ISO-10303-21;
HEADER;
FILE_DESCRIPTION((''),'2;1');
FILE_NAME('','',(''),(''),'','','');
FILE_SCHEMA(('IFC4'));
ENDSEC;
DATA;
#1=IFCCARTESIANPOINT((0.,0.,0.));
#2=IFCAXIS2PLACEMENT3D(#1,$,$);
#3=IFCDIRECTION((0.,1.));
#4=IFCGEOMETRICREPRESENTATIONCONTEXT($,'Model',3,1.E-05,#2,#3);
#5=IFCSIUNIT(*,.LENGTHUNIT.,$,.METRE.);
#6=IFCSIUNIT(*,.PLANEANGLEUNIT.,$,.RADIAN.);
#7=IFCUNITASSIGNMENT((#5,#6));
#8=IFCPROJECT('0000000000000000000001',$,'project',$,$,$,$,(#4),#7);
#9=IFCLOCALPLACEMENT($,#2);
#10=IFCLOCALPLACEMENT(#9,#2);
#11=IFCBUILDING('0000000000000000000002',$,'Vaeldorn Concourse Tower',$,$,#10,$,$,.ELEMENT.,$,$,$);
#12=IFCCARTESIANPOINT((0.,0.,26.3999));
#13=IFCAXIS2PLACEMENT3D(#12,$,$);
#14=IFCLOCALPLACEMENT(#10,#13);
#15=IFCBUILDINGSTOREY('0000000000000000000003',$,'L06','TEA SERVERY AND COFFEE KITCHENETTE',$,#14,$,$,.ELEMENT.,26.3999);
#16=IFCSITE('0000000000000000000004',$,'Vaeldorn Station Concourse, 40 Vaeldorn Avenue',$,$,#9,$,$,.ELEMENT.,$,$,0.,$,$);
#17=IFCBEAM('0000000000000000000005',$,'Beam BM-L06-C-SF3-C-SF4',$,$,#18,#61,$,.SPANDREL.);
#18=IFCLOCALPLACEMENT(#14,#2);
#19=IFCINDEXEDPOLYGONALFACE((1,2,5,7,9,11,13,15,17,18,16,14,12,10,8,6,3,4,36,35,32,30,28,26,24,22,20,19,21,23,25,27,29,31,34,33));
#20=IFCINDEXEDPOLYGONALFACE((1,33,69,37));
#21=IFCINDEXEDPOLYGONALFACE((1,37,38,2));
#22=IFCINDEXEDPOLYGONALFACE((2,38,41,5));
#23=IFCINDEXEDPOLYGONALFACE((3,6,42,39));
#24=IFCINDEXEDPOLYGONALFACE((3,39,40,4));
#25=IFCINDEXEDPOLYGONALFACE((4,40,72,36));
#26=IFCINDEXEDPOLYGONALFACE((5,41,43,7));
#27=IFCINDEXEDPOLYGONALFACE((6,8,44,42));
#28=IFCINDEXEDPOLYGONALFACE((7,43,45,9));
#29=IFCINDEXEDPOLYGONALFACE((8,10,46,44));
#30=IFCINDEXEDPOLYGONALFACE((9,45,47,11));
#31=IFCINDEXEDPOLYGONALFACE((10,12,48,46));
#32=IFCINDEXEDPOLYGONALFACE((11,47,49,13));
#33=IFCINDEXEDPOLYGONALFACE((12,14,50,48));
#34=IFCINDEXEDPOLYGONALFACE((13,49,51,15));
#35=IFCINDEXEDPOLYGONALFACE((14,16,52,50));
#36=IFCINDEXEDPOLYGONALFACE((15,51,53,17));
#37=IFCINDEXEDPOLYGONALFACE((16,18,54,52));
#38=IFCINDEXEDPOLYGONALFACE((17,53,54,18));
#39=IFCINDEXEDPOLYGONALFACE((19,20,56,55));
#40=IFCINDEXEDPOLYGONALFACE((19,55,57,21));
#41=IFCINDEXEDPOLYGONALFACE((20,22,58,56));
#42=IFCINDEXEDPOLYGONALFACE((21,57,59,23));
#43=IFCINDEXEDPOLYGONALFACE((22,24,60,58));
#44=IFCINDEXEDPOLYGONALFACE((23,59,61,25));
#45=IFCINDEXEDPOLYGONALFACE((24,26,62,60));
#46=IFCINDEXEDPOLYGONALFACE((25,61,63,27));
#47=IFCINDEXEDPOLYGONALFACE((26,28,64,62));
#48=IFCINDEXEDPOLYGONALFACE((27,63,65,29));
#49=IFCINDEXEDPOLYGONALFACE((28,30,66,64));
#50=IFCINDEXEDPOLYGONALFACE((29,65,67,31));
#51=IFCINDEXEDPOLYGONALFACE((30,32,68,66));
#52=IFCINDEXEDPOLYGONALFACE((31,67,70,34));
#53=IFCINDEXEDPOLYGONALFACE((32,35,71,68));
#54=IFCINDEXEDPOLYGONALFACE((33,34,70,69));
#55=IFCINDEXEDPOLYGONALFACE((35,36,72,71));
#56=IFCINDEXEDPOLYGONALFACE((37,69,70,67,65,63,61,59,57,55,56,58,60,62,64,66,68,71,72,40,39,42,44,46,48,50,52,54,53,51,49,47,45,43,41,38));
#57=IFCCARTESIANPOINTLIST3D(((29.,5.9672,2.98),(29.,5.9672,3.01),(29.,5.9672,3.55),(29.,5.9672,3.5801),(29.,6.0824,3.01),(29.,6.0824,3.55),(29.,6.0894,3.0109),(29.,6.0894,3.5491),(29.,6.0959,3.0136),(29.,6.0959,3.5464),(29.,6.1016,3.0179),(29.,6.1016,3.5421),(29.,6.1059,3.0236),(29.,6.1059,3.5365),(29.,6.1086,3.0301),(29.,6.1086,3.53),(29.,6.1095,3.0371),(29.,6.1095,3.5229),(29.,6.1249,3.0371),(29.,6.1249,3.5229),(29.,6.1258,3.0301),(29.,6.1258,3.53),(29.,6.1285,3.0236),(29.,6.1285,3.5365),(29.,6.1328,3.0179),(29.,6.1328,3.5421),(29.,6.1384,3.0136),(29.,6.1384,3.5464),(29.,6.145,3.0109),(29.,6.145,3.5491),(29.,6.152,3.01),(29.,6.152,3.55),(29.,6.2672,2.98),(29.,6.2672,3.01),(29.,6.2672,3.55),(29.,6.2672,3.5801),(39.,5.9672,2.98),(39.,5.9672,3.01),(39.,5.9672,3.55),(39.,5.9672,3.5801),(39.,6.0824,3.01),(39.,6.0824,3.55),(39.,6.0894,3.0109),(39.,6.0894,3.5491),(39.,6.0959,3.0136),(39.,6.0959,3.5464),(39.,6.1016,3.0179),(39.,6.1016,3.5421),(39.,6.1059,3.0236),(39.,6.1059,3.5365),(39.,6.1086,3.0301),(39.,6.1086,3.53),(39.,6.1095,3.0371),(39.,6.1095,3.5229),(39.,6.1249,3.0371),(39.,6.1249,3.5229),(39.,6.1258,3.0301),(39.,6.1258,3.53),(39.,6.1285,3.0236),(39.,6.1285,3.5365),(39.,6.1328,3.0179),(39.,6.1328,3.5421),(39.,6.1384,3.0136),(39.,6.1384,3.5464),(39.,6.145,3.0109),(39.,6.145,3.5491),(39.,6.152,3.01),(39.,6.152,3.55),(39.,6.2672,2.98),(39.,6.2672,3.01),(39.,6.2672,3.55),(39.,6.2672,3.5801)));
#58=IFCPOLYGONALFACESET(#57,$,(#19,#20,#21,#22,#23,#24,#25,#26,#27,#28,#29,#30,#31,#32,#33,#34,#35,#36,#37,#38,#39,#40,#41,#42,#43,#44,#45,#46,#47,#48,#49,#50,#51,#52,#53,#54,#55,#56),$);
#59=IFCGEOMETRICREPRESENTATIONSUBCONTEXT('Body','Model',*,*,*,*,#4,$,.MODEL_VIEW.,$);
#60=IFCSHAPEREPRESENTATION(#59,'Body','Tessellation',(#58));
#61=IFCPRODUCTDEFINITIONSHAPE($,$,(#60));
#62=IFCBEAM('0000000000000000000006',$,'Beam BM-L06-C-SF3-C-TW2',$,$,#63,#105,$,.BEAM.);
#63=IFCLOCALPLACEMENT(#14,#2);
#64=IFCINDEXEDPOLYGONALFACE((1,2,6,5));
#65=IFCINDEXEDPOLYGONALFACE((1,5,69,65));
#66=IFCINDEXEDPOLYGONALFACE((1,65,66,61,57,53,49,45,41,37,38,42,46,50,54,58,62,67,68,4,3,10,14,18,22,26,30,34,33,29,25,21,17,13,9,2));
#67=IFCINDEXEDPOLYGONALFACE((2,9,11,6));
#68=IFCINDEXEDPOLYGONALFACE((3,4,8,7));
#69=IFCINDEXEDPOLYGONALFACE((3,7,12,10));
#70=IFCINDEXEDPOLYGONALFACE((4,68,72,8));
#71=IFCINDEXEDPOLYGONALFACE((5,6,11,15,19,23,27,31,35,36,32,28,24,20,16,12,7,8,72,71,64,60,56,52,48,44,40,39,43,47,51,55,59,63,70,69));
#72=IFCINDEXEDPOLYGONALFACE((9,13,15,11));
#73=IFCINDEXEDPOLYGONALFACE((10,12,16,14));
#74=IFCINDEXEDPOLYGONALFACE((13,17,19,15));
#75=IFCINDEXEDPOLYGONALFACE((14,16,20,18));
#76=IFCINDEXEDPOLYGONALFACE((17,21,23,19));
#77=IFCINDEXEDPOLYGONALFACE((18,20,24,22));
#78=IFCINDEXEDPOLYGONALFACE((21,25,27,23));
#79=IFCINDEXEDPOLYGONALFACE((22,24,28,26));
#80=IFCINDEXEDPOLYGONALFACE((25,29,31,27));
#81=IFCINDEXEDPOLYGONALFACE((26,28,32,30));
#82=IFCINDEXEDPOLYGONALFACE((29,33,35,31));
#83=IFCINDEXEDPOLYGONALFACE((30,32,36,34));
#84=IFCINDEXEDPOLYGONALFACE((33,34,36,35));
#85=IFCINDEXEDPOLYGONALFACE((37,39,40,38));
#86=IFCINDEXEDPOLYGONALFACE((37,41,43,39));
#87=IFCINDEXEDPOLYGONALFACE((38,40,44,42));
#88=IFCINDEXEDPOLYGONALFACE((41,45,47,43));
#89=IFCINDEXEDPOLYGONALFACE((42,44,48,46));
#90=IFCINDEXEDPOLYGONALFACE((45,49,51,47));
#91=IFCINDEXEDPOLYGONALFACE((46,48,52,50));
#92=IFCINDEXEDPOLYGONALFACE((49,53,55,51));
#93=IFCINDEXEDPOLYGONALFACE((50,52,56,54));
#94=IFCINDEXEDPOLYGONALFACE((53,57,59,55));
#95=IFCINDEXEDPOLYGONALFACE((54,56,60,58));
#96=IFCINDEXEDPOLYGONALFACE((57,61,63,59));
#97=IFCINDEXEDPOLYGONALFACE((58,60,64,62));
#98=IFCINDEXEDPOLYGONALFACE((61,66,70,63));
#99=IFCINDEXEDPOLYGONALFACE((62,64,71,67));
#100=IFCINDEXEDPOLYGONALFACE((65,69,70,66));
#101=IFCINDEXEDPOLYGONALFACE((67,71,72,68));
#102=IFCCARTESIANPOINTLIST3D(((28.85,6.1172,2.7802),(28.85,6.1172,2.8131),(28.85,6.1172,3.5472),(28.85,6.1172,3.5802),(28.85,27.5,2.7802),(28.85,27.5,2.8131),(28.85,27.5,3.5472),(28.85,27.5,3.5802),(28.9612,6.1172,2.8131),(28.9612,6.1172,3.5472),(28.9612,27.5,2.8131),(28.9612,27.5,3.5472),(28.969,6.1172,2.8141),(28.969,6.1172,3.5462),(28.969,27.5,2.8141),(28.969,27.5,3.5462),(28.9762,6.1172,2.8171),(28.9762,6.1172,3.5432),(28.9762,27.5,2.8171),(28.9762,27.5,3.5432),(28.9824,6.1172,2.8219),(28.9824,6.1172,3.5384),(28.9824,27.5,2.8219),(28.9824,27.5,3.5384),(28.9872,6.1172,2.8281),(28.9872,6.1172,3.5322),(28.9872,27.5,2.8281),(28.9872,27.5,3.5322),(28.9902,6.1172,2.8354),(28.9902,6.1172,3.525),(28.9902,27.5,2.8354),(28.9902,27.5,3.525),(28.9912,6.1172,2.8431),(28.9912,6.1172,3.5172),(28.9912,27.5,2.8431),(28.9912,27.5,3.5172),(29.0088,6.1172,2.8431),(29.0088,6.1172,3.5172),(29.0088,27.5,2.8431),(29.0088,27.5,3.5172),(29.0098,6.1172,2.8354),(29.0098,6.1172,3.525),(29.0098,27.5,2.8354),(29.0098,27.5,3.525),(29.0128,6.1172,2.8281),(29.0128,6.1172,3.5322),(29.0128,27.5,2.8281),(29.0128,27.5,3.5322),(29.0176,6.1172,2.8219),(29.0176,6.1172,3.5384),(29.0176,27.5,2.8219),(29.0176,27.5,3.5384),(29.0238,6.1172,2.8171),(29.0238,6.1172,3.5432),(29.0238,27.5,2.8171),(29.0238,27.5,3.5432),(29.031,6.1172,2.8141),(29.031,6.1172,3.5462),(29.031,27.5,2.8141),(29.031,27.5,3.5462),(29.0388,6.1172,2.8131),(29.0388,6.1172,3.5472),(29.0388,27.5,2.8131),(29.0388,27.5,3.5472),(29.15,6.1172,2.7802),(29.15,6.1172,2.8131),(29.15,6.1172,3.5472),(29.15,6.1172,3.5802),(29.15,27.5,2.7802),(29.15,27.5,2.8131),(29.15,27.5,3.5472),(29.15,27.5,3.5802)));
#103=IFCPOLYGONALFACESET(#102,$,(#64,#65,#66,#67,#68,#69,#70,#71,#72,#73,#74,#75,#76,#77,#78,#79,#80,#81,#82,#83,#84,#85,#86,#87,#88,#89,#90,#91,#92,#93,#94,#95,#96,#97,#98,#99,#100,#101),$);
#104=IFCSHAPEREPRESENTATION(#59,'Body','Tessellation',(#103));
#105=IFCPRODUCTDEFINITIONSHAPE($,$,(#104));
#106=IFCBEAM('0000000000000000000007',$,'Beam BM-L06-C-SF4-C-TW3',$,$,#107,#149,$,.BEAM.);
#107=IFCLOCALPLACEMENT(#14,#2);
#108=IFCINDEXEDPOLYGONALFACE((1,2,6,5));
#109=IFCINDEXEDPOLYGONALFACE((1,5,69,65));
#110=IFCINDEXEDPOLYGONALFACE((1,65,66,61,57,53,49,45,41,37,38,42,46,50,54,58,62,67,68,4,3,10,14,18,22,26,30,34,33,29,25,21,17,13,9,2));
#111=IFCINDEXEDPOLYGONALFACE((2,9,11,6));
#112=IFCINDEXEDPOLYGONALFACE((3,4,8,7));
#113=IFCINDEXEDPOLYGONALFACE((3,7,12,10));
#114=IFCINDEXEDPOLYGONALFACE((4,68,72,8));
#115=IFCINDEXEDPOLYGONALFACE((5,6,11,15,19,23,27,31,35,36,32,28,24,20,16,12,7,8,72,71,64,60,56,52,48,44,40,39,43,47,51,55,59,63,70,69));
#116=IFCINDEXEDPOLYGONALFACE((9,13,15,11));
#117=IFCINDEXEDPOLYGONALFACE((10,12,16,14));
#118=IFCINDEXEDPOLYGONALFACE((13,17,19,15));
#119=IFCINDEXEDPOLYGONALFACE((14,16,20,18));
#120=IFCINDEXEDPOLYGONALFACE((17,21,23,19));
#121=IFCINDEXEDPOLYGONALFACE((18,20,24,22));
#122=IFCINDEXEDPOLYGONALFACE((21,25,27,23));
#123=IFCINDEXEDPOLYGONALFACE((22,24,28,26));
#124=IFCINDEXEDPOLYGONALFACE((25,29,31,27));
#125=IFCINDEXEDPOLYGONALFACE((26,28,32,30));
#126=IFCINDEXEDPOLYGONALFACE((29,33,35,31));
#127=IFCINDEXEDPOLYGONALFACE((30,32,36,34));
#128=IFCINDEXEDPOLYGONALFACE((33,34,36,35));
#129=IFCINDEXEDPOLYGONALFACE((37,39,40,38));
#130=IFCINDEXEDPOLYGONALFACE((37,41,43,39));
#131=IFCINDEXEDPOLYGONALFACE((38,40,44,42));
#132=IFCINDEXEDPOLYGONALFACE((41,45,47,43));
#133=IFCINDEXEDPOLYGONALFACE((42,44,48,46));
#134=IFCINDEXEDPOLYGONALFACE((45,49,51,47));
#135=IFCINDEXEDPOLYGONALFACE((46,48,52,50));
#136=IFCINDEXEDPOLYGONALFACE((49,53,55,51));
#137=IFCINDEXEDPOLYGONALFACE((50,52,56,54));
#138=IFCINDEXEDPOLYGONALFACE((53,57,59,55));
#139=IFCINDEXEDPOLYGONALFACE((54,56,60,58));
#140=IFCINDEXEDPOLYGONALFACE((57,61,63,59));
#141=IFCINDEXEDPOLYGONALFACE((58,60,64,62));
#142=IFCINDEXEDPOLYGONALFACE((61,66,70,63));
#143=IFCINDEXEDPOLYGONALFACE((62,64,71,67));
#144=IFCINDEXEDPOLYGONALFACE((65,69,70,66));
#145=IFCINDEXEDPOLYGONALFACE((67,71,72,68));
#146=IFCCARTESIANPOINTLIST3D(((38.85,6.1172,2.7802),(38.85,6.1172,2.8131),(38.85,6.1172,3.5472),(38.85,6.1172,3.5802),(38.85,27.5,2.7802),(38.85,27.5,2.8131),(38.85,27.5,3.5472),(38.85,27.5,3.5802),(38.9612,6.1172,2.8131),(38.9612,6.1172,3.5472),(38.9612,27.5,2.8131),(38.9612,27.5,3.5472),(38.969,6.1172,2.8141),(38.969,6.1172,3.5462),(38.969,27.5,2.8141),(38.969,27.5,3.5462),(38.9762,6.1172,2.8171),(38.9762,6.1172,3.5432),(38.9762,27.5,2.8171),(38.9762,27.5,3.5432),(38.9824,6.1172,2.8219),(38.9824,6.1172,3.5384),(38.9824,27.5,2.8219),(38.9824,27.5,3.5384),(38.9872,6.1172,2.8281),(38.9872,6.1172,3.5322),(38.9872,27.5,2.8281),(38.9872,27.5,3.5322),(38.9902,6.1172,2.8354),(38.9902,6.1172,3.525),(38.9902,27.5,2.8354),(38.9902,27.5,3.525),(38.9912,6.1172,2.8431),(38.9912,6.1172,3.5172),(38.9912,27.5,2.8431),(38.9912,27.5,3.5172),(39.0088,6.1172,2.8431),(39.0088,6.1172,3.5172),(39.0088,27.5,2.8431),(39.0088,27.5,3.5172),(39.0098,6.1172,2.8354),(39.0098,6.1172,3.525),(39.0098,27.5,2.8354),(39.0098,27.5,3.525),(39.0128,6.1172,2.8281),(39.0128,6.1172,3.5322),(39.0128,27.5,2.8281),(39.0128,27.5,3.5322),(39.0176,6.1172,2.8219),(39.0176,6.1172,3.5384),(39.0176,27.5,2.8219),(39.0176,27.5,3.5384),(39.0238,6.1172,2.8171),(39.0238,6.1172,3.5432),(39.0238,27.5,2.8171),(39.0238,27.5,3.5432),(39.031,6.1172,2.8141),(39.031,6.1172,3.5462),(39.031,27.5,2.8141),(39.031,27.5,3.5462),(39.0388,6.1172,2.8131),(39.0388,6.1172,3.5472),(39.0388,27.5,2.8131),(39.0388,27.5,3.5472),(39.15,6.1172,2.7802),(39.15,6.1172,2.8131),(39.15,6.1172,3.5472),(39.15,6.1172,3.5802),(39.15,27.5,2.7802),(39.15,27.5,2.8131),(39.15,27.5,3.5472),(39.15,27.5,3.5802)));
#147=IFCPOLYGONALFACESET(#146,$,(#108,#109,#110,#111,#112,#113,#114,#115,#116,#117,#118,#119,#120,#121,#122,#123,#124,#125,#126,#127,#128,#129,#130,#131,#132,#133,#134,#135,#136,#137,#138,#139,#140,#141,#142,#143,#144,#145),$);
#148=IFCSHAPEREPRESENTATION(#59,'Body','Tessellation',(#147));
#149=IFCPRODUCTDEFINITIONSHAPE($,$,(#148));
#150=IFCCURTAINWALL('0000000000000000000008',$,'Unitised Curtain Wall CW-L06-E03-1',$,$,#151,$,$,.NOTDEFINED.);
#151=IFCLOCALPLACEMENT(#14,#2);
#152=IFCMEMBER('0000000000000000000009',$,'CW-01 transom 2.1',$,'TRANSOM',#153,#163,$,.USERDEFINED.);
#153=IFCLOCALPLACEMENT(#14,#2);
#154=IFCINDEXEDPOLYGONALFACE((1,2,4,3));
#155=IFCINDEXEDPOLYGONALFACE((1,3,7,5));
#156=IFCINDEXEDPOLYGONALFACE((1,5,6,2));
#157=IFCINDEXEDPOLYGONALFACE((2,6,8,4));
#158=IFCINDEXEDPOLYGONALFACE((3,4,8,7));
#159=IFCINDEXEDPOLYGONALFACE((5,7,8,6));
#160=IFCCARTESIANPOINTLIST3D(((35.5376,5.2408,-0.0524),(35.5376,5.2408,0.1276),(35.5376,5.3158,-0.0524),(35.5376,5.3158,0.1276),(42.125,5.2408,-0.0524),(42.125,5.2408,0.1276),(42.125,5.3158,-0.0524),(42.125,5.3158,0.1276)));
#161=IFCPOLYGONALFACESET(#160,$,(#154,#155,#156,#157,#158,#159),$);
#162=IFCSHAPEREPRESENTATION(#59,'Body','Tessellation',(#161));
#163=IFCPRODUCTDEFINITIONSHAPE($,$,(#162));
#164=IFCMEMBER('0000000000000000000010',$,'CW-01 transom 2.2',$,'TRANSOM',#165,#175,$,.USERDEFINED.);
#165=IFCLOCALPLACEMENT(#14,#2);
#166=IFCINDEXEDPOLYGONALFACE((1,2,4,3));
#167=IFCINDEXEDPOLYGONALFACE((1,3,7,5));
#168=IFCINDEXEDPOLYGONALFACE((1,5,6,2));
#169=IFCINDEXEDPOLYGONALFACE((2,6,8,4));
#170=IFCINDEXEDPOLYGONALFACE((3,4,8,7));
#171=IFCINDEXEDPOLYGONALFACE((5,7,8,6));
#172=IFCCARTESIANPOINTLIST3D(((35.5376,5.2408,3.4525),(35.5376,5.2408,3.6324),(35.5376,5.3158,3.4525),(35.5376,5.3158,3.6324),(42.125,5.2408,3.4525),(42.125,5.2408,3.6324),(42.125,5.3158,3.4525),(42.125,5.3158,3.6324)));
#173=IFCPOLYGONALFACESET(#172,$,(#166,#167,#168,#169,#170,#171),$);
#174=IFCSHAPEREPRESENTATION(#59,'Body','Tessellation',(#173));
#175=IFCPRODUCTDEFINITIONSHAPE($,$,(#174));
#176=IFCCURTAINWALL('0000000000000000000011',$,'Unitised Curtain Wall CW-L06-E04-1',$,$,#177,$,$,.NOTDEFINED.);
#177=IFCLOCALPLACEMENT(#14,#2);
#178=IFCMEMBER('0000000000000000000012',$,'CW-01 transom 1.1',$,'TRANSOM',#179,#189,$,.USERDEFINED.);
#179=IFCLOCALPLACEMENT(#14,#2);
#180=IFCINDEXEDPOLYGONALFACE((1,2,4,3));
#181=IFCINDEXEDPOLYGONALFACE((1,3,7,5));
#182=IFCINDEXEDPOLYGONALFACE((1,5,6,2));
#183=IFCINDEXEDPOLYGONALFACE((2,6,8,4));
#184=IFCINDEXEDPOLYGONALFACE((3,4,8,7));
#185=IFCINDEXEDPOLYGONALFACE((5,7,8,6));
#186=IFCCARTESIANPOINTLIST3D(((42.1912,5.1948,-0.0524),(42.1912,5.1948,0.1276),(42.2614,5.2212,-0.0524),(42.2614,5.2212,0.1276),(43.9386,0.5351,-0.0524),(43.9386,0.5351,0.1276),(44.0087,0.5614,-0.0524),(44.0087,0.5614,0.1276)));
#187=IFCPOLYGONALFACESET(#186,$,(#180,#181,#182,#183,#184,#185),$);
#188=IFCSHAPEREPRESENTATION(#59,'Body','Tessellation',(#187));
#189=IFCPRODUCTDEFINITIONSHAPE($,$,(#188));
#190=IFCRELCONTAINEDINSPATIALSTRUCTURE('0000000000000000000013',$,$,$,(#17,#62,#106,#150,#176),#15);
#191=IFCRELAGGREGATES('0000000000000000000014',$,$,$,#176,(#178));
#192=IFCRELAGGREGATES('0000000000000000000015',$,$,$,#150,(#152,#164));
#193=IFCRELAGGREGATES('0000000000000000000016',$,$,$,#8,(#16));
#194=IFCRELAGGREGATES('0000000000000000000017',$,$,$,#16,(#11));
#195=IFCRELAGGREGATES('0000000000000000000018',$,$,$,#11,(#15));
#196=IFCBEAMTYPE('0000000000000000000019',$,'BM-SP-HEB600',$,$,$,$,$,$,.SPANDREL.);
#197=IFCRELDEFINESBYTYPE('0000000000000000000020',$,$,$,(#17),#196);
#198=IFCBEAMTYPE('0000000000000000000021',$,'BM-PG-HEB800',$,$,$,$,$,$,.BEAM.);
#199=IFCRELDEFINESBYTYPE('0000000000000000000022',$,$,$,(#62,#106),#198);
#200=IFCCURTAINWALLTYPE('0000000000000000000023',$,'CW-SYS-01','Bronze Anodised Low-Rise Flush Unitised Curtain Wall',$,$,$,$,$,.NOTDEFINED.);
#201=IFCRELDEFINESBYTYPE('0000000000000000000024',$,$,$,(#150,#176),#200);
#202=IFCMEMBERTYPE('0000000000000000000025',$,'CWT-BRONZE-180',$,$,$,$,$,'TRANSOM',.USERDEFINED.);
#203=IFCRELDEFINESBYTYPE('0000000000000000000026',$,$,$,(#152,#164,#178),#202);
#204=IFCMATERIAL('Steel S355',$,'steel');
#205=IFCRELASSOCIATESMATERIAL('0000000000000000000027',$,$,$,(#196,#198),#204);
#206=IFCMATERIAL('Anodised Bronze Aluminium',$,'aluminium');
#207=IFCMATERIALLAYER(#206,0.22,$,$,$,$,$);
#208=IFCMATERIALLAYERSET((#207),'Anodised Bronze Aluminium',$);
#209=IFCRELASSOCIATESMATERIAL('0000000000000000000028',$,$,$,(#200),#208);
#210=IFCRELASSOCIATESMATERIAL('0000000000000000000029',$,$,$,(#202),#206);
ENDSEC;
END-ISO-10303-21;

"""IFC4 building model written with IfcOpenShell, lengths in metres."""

from ifc_helpers import new_model, si_unit, direction, frame, origin, origin_2d, place, context, subcontext, project, spatial, rectangle, i_section, extrude, source, transform, mapped, material, layer, layer_set, material_profile, profile_set, type_object, element, aggregate, save


model = new_model("IFC4")

# Units and contexts
model_context = context("Model", 3, precision=1e-05, world=origin(), true_north=direction((0.0, 1.0)))
body_context = subcontext(model_context, "Body", "Model", "MODEL_VIEW")
ifc_project = project(units=[si_unit("LENGTHUNIT", "METRE"), si_unit("PLANEANGLEUNIT", "RADIAN")], contexts=[model_context])

# Site, building, storey
site_placement = place(None, origin())
site = spatial("IfcSite", under=ifc_project, at=site_placement, Name="Vaeldorn Station Concourse, 40 Vaeldorn Avenue", CompositionType="ELEMENT", RefElevation=0.0)
building_placement = place(site_placement, origin())
building = spatial("IfcBuilding", under=site, at=building_placement, Name="Vaeldorn Concourse Tower", CompositionType="ELEMENT")
storey_placement = place(building_placement, frame((0.0, 0.0, 26.3999)))
storey = spatial("IfcBuildingStorey", under=building, at=storey_placement, Name="L06", Description="TEA SERVERY AND COFFEE KITCHENETTE", CompositionType="ELEMENT", Elevation=26.3999)

# Beams
ifc_material_1 = material(Name="Steel S355", Category="steel")
ifc_material_profile_1 = material_profile(ifc_material_1, i_section(OverallWidth=0.3, OverallDepth=0.6001, WebThickness=0.0154, FlangeThickness=0.03, FilletRadius=0.0271, at=origin_2d()), Name="HEB 600")
ifc_profile_set_1 = profile_set([ifc_material_profile_1], Name="Steel S355")
beam_type_1 = type_object("IfcBeamType", Name="BM-SP-HEB600", PredefinedType="SPANDREL", material=ifc_profile_set_1)
shared_shape_1 = source(origin(), body_context, "Body", "SweptSolid", [
    extrude(i_section(OverallWidth=0.3, OverallDepth=0.6001, WebThickness=0.0154, FlangeThickness=0.03, FilletRadius=0.0271, at=origin_2d()), origin(), (0.0, 0.0, 1.0), 10.0),
])
beam_1_placement = place(storey_placement, frame((29.0, 6.1172, 3.28), z_axis=(1.0, 0.0, 0.0), x_axis=(0.0, 1.0, 0.0)))
element("IfcBeam", 1, at=beam_1_placement, inside=storey, type_object=beam_type_1, Name="Beam BM-L06-C-SF3-C-SF4", PredefinedType="SPANDREL", context=body_context, shape_type="MappedRepresentation", body=[
    mapped(shared_shape_1, transform((0.0, 0.0, 0.0), scale=1.0)),
])
ifc_material_profile_2 = material_profile(ifc_material_1, i_section(OverallWidth=0.3, OverallDepth=0.8, WebThickness=0.0176, FlangeThickness=0.033, FilletRadius=0.03, at=origin_2d()), Name="HEB 800")
ifc_profile_set_2 = profile_set([ifc_material_profile_2], Name="Steel S355")
beam_type_2 = type_object("IfcBeamType", Name="BM-PG-HEB800", PredefinedType="BEAM", material=ifc_profile_set_2)
shared_shape_2 = source(origin(), body_context, "Body", "SweptSolid", [
    extrude(i_section(OverallWidth=0.3, OverallDepth=0.8, WebThickness=0.0176, FlangeThickness=0.033, FilletRadius=0.03, at=origin_2d()), origin(), (0.0, 0.0, 1.0), 21.3828),
])
for number, where, z_axis, x_axis, name in (
    (2, (29.0, 6.1172, 3.1802), (0.0, 1.0, 0.0), (-1.0, 0.0, 0.0), "Beam BM-L06-C-SF3-C-TW2"),
    (3, (39.0, 6.1172, 3.1802), (0.0, 1.0, 0.0), (-1.0, 0.0, 0.0), "Beam BM-L06-C-SF4-C-TW3"),
):
    element("IfcBeam", number, at=place(storey_placement, frame(where, z_axis=z_axis, x_axis=x_axis)), inside=storey, type_object=beam_type_2, Name=name, PredefinedType="BEAM", context=body_context, shape_type="MappedRepresentation", body=[
        mapped(shared_shape_2, transform((0.0, 0.0, 0.0), scale=1.0)),
    ])

# Curtain walls, members
ifc_material_2 = material(Name="Anodised Bronze Aluminium", Category="aluminium")
ifc_layer_1 = layer(ifc_material_2, 0.22)
ifc_layer_set_1 = layer_set([ifc_layer_1], Name="Anodised Bronze Aluminium")
curtain_wall_type = type_object("IfcCurtainWallType", Name="CW-SYS-01", Description="Bronze Anodised Low-Rise Flush Unitised Curtain Wall", PredefinedType="NOTDEFINED", material=ifc_layer_set_1)
curtain_wall_1_placement = place(storey_placement, origin())
curtain_wall_1 = element("IfcCurtainWall", 4, at=curtain_wall_1_placement, inside=storey, type_object=curtain_wall_type, Name="Unitised Curtain Wall CW-L06-E03-1", PredefinedType="NOTDEFINED")
ifc_material_profile_3 = material_profile(ifc_material_2, rectangle(XDim=0.075, YDim=0.1799, at=origin_2d()), Name="CWT 75x180")
ifc_profile_set_3 = profile_set([ifc_material_profile_3], Name="Anodised Bronze Aluminium")
member_type_1 = type_object("IfcMemberType", Name="CWT-BRONZE-180", ElementType="TRANSOM", PredefinedType="USERDEFINED", material=ifc_profile_set_3)
shared_shape_3 = source(origin(), body_context, "Body", "SweptSolid", [
    extrude(rectangle(XDim=0.075, YDim=0.1799, at=origin_2d()), origin(), (0.0, 0.0, 1.0), 6.5874),
])
member_1_placement = place(storey_placement, frame((35.5376, 5.2783, 0.0376), z_axis=(1.0, 0.0, 0.0), x_axis=(0.0, 1.0, 0.0)))
member_1 = element("IfcMember", 5, at=member_1_placement, type_object=member_type_1, Name="CW-01 transom 2.1", ObjectType="TRANSOM", PredefinedType="USERDEFINED", context=body_context, shape_type="MappedRepresentation", body=[
    mapped(shared_shape_3, transform((0.0, 0.0, 0.0), scale=1.0)),
])
member_2_placement = place(storey_placement, frame((35.5376, 5.2783, 3.5425), z_axis=(1.0, 0.0, 0.0), x_axis=(0.0, 1.0, 0.0)))
member_2 = element("IfcMember", 6, at=member_2_placement, type_object=member_type_1, Name="CW-01 transom 2.2", ObjectType="TRANSOM", PredefinedType="USERDEFINED", context=body_context, shape_type="MappedRepresentation", body=[
    mapped(shared_shape_3, transform((0.0, 0.0, 0.0), scale=1.0)),
])
curtain_wall_2_placement = place(storey_placement, origin())
curtain_wall_2 = element("IfcCurtainWall", 7, at=curtain_wall_2_placement, inside=storey, type_object=curtain_wall_type, Name="Unitised Curtain Wall CW-L06-E04-1", PredefinedType="NOTDEFINED")
shared_shape_4 = source(origin(), body_context, "Body", "SweptSolid", [
    extrude(rectangle(XDim=0.075, YDim=0.1799, at=origin_2d()), origin(), (0.0, 0.0, 1.0), 4.9766),
])
member_3_placement = place(storey_placement, frame((42.2263, 5.208, 0.0376), z_axis=(0.351113, -0.936333, 0.0), x_axis=(0.936333, 0.351113, 0.0)))
member_3 = element("IfcMember", 8, at=member_3_placement, type_object=member_type_1, Name="CW-01 transom 1.1", ObjectType="TRANSOM", PredefinedType="USERDEFINED", context=body_context, shape_type="MappedRepresentation", body=[
    mapped(shared_shape_4, transform((0.0, 0.0, 0.0), scale=1.0)),
])

aggregate(curtain_wall_2, [member_3])
aggregate(curtain_wall_1, [member_1, member_2])

save(model, "model.ifc")
